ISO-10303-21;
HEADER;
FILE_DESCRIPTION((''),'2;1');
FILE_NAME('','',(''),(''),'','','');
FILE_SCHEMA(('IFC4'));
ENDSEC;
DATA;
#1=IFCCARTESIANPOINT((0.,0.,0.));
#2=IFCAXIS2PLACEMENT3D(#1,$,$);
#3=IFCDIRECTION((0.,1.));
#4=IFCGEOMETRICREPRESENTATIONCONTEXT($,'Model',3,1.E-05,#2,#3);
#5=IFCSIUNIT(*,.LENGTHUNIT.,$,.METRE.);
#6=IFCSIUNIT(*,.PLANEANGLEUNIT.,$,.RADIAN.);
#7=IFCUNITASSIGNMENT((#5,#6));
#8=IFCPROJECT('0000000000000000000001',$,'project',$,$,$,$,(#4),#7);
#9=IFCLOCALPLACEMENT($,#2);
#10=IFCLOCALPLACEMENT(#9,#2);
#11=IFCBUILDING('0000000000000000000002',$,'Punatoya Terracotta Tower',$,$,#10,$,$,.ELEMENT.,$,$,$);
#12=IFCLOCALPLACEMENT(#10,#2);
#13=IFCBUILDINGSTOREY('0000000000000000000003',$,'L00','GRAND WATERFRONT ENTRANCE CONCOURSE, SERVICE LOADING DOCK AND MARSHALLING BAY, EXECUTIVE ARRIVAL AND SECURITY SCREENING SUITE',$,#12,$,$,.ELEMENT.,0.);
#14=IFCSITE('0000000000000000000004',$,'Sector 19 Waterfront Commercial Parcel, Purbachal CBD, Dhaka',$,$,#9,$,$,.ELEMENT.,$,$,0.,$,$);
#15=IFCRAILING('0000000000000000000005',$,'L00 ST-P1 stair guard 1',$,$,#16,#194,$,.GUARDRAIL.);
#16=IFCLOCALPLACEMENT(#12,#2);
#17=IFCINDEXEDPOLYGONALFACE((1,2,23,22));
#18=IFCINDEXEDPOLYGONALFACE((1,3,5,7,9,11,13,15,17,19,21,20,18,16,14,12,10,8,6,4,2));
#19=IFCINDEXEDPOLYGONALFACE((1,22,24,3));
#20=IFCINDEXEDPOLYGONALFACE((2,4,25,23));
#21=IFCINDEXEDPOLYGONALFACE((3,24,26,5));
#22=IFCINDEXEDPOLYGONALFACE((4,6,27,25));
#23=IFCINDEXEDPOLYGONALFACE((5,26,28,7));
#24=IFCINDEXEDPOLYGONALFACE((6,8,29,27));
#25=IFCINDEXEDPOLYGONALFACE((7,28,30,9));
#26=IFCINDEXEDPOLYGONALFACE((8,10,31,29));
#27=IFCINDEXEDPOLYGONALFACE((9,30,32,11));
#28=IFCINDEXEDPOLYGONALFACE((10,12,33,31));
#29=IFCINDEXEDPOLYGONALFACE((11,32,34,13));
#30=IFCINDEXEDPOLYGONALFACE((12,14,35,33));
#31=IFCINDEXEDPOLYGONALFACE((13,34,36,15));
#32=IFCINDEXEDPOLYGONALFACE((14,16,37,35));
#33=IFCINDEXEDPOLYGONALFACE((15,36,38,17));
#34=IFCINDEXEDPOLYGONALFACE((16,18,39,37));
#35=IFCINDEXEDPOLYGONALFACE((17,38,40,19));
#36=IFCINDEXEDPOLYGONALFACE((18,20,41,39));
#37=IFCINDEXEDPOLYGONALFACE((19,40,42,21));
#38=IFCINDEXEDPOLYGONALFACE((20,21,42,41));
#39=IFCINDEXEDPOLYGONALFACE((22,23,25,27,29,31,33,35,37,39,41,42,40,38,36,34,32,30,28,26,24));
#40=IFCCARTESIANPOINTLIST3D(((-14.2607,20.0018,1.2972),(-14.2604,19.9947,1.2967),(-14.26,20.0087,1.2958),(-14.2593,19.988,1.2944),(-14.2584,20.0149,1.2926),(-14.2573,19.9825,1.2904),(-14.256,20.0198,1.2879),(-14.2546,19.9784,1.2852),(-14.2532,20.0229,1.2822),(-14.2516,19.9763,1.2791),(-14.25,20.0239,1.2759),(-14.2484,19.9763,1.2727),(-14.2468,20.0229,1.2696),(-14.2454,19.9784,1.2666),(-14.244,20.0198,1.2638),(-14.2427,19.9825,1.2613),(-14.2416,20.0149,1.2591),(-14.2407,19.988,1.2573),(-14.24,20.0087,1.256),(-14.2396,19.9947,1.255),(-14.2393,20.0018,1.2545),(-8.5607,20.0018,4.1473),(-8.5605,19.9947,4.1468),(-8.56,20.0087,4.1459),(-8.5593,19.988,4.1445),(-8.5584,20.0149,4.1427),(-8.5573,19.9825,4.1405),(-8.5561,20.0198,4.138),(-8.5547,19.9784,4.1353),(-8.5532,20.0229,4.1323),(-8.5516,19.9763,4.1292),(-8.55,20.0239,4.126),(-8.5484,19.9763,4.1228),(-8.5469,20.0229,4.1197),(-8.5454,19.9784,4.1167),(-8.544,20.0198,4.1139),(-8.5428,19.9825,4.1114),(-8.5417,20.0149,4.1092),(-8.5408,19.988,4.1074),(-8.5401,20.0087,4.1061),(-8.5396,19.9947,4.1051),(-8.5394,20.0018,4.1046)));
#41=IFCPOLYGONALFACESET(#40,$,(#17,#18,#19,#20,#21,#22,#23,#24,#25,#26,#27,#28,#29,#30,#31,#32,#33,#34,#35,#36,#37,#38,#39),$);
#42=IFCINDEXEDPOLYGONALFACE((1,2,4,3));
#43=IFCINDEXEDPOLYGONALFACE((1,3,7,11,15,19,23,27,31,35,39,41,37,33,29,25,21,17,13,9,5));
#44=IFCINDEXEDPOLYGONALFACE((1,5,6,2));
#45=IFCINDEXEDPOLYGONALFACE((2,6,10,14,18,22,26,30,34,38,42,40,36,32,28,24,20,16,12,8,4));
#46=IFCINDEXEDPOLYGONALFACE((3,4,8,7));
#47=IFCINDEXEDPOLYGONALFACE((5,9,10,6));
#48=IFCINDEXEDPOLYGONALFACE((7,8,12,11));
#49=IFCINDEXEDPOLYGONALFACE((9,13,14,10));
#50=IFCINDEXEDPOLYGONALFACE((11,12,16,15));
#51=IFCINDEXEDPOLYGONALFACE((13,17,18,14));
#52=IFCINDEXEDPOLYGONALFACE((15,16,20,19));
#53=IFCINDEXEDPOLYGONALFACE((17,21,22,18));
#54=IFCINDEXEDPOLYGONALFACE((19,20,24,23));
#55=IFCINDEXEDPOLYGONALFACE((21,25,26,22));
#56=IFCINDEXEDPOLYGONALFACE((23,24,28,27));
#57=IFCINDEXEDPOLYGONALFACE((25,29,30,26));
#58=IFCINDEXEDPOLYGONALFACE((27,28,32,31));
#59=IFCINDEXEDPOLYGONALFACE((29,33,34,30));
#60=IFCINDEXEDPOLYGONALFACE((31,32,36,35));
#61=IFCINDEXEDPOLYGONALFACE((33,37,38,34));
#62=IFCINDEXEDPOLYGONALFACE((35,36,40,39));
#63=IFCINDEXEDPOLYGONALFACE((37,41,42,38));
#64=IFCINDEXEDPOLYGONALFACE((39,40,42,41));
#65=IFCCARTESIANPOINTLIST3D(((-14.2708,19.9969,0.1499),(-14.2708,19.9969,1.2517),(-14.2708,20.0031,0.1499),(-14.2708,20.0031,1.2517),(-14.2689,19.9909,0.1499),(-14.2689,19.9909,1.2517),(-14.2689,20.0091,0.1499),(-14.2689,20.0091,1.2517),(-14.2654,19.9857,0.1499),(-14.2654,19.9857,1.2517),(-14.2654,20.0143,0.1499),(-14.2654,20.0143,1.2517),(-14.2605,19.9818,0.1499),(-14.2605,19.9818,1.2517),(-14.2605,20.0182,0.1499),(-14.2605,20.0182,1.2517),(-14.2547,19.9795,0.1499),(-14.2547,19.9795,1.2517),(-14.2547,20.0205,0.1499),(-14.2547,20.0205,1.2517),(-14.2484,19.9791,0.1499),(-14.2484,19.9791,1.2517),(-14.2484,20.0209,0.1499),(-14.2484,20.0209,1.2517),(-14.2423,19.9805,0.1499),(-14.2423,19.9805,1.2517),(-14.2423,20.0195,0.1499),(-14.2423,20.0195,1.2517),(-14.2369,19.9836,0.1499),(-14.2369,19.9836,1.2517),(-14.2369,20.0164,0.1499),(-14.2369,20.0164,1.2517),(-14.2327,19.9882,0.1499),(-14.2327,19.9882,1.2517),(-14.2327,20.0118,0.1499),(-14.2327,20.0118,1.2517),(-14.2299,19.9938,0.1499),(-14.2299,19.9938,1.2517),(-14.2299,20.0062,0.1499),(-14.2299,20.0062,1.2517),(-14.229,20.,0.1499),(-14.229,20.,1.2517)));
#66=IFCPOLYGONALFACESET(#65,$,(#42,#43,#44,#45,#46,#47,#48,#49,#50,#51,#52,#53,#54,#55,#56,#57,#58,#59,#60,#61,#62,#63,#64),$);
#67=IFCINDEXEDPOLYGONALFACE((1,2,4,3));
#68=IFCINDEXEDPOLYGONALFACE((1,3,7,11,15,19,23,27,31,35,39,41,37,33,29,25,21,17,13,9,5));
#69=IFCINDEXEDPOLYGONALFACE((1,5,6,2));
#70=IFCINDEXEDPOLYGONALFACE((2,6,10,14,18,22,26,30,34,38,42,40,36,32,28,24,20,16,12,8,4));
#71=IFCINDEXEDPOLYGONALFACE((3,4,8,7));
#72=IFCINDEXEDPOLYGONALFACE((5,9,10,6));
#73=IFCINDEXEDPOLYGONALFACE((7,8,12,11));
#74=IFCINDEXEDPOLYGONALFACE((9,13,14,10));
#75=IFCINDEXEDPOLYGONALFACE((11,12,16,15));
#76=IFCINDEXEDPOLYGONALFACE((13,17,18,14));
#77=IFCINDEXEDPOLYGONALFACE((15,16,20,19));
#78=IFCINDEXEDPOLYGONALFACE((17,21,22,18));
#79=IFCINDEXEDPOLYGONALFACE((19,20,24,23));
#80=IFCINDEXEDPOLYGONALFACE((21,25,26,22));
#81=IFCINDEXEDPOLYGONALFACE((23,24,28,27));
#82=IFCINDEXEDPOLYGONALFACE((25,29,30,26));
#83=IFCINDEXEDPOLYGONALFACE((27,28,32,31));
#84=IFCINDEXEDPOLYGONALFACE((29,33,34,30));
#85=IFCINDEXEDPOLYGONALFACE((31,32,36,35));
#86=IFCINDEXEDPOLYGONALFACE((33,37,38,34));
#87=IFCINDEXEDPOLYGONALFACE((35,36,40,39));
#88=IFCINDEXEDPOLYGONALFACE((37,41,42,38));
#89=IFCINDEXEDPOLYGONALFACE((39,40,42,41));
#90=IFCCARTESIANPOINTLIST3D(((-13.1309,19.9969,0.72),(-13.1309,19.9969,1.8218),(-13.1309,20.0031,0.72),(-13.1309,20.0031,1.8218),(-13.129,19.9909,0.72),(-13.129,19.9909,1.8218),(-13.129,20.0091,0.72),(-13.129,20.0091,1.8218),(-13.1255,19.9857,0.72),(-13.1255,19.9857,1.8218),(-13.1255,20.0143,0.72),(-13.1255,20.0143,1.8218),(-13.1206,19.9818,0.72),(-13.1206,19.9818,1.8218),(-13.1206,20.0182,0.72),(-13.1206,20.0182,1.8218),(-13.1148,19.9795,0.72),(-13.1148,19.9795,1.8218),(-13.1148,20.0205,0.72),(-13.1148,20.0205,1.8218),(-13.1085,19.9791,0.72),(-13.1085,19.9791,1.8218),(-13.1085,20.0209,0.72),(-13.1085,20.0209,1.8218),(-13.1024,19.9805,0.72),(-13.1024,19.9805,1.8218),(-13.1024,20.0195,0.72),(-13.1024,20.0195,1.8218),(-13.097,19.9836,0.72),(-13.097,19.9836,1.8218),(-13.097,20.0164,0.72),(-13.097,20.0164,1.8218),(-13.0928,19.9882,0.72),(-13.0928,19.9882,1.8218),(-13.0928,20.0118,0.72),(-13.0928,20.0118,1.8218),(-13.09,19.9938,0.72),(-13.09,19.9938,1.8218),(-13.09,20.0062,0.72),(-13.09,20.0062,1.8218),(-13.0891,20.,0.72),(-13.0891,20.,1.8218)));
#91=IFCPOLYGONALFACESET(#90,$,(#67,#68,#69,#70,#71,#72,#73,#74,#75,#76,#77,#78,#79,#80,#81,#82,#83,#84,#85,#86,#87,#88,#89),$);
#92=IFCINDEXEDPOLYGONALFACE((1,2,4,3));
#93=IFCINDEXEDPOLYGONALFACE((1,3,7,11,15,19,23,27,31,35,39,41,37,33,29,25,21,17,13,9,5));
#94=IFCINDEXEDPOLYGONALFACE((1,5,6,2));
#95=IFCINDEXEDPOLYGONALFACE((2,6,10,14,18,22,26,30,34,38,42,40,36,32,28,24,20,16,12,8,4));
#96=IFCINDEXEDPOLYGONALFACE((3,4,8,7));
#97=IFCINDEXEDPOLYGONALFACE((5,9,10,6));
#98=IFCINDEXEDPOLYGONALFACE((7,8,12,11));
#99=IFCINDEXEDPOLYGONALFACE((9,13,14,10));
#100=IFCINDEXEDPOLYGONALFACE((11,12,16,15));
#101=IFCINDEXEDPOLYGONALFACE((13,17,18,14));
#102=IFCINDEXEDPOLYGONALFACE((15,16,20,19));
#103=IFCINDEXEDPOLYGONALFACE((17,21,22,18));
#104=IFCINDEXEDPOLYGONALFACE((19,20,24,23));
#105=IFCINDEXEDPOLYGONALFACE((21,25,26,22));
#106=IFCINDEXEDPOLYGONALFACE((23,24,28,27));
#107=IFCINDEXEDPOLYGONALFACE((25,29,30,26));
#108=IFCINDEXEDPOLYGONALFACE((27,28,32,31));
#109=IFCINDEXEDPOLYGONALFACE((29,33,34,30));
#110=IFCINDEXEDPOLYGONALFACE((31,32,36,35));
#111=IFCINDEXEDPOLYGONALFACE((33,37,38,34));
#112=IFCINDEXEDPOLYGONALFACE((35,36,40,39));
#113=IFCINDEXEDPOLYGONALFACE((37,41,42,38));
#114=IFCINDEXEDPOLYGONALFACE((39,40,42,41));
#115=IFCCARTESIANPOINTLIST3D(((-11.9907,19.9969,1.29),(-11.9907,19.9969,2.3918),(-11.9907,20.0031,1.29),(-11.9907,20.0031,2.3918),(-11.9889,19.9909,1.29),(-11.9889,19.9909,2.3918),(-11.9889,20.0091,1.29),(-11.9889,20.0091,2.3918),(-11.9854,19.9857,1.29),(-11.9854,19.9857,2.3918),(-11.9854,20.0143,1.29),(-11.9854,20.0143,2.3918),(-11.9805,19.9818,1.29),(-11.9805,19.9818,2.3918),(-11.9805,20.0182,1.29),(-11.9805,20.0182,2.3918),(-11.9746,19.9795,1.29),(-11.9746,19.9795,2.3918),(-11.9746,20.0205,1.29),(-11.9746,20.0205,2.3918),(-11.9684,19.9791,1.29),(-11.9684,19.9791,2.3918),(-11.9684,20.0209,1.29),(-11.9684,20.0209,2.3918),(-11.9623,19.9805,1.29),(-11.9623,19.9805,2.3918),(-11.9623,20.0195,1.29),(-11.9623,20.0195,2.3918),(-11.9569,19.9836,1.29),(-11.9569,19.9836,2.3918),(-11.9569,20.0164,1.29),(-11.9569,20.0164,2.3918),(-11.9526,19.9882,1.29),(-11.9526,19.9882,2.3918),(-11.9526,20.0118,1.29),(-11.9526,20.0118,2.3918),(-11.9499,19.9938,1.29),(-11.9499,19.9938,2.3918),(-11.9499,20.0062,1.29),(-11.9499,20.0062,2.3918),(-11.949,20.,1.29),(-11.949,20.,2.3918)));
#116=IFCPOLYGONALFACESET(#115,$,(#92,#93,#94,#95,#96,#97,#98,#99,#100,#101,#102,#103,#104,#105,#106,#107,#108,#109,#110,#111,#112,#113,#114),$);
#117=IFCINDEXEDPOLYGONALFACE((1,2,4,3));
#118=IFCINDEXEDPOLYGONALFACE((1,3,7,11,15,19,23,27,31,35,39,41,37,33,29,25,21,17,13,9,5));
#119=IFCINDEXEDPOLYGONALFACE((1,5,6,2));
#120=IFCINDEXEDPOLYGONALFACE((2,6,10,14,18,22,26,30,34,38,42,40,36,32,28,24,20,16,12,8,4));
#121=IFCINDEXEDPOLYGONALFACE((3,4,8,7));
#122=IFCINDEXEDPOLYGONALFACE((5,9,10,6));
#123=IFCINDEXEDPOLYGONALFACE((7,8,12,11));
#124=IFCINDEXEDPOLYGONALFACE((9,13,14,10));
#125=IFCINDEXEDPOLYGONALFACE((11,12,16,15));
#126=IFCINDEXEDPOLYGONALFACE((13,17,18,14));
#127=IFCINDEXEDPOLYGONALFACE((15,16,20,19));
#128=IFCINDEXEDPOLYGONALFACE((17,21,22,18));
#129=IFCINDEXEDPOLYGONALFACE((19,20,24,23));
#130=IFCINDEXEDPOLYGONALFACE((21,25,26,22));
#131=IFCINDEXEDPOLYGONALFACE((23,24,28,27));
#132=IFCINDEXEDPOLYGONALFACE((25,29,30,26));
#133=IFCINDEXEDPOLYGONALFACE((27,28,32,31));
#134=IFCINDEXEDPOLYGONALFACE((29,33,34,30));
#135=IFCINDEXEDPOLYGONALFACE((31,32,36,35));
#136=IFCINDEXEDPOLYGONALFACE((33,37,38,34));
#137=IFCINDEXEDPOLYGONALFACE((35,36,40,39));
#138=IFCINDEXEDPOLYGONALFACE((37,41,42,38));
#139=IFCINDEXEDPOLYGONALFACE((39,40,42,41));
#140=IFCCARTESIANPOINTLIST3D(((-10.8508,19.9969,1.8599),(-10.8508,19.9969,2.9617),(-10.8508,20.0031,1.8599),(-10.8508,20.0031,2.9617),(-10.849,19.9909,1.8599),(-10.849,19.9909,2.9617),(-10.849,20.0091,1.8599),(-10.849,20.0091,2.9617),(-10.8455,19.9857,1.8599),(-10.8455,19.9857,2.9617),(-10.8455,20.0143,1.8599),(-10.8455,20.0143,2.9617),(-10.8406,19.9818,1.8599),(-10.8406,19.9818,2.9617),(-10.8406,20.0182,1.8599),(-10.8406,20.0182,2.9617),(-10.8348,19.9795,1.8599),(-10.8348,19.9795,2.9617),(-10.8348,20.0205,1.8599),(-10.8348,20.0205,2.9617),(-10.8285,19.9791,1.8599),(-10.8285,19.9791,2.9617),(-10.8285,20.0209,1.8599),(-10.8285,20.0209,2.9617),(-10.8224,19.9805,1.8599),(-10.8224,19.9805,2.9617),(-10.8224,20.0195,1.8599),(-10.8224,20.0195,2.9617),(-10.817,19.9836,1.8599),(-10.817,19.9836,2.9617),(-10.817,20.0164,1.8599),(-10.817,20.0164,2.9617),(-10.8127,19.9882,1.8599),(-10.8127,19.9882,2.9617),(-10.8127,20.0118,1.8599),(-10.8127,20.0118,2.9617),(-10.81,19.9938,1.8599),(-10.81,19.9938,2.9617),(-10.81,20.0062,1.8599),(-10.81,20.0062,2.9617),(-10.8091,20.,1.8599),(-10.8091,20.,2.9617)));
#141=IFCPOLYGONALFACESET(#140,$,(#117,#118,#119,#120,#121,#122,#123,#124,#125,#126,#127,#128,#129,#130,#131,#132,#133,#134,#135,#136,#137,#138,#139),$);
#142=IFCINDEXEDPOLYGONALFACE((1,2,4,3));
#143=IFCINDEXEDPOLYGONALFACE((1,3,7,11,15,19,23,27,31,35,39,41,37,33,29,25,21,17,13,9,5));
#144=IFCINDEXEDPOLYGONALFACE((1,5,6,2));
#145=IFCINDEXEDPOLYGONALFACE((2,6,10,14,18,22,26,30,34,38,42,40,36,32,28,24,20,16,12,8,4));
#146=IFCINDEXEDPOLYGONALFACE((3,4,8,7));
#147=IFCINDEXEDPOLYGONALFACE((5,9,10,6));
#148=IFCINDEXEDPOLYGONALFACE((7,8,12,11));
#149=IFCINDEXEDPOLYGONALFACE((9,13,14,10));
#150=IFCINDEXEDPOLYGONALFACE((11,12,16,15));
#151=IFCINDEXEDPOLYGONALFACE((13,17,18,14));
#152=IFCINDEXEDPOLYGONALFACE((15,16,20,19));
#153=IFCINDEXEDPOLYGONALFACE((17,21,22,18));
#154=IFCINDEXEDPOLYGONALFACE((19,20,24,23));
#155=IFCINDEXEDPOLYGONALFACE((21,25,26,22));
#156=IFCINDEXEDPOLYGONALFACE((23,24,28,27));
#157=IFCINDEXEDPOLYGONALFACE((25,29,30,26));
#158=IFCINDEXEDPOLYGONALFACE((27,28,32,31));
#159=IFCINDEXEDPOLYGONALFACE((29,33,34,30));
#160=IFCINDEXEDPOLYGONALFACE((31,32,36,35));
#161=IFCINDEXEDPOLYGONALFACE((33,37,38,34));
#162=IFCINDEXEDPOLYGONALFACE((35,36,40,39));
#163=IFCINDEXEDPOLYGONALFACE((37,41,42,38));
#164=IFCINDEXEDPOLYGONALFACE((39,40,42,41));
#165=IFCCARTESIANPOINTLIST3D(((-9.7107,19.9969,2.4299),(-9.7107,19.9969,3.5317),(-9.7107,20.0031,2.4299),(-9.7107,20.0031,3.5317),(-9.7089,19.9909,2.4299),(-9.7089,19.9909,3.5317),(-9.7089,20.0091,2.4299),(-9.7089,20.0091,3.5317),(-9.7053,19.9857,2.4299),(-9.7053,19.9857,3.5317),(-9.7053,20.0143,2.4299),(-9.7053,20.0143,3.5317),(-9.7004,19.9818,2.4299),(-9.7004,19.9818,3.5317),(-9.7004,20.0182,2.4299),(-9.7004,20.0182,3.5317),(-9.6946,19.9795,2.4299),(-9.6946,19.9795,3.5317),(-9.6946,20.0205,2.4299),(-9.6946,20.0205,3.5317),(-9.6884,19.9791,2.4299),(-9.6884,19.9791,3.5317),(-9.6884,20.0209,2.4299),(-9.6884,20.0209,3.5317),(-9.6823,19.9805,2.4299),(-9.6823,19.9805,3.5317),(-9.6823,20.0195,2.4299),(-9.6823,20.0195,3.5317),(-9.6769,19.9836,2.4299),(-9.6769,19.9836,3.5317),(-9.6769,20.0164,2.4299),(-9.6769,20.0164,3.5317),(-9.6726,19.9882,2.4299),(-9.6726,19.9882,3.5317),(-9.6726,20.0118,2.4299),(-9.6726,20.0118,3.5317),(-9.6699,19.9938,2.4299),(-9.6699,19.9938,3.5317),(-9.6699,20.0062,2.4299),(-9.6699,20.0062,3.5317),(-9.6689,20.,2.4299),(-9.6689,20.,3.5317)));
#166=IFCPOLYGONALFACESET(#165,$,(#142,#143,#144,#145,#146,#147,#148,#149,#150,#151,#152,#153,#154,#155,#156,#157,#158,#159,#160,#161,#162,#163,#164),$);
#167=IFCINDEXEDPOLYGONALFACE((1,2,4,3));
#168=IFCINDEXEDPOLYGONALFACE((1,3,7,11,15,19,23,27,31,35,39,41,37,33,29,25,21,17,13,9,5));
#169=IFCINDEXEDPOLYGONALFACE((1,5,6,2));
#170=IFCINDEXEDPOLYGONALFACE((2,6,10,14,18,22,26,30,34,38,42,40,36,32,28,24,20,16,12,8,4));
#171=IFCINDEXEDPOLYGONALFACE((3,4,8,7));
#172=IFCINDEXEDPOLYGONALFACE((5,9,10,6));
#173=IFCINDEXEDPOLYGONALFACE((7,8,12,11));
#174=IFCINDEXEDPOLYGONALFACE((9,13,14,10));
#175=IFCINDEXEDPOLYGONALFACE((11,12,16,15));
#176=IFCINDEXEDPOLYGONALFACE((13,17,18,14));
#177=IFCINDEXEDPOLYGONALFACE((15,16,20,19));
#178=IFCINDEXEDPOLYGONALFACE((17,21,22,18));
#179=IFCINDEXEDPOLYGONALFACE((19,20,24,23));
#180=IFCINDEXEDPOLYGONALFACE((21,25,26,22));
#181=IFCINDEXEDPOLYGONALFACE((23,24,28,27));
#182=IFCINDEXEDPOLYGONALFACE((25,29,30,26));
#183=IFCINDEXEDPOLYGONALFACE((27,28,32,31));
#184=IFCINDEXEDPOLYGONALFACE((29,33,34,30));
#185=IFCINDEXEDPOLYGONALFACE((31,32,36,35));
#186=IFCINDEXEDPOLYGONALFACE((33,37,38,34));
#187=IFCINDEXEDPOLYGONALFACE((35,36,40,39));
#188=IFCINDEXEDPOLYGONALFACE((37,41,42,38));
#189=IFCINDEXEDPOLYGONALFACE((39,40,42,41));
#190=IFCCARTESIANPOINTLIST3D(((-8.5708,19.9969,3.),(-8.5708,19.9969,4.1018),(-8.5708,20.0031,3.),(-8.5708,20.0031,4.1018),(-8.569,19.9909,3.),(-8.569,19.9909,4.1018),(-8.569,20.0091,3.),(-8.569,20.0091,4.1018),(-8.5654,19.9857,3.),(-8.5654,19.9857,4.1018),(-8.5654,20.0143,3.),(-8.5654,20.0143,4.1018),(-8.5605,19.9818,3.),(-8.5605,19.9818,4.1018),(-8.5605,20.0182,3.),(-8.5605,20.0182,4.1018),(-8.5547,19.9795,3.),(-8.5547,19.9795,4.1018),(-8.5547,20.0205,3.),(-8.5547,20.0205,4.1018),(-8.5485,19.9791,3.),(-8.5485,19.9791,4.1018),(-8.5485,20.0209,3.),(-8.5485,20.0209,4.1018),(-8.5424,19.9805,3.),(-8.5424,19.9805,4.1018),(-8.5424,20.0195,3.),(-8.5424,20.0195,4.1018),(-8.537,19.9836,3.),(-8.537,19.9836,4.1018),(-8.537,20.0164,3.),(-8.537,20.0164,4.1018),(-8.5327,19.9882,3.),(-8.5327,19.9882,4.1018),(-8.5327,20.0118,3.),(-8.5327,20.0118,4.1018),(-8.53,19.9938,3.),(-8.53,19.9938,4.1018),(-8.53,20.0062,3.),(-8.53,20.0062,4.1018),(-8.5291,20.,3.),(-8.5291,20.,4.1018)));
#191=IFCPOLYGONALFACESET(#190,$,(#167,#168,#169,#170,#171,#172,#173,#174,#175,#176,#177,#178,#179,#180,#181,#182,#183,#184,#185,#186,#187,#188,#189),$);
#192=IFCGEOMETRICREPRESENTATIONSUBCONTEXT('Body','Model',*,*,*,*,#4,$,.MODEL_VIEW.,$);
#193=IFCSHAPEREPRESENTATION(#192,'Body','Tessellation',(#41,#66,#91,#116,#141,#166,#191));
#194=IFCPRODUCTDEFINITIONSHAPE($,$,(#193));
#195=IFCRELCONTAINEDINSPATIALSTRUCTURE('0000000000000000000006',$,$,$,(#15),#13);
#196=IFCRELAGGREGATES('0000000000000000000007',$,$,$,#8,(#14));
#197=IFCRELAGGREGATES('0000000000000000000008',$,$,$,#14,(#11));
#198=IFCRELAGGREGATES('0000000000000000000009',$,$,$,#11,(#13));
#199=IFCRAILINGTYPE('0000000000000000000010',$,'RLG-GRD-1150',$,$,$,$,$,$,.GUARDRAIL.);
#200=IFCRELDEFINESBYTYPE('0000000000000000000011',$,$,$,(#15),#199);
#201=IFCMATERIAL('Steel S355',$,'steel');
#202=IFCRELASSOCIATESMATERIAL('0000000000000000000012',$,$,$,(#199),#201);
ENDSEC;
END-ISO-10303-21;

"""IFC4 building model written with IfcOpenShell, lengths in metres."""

from ifc_helpers import new_model, si_unit, direction, frame, origin, origin_2d, place, context, subcontext, project, spatial, circle, extrude, material, type_object, element, save


model = new_model("IFC4")

# Units and contexts
model_context = context("Model", 3, precision=1e-05, world=origin(), true_north=direction((0.0, 1.0)))
body_context = subcontext(model_context, "Body", "Model", "MODEL_VIEW")
ifc_project = project(units=[si_unit("LENGTHUNIT", "METRE"), si_unit("PLANEANGLEUNIT", "RADIAN")], contexts=[model_context])

# Site, building, storey
site_placement = place(None, origin())
site = spatial("IfcSite", under=ifc_project, at=site_placement, Name="Sector 19 Waterfront Commercial Parcel, Purbachal CBD, Dhaka", CompositionType="ELEMENT", RefElevation=0.0)
building_placement = place(site_placement, origin())
building = spatial("IfcBuilding", under=site, at=building_placement, Name="Punatoya Terracotta Tower", CompositionType="ELEMENT")
storey_placement = place(building_placement, origin())
storey = spatial("IfcBuildingStorey", under=building, at=storey_placement, Name="L00", Description="GRAND WATERFRONT ENTRANCE CONCOURSE, SERVICE LOADING DOCK AND MARSHALLING BAY, EXECUTIVE ARRIVAL AND SECURITY SCREENING SUITE", CompositionType="ELEMENT", Elevation=0.0)

# Shared definitions
ifc_material_1 = material(Name="Steel S355", Category="steel")

# Railing
railing_type_1 = type_object("IfcRailingType", Name="RLG-GRD-1150", PredefinedType="GUARDRAIL", material=ifc_material_1)
railing_1_placement = place(storey_placement, frame((-14.25, 20.0, 0.1499)))
element("IfcRailing", 1, at=railing_1_placement, inside=storey, type_object=railing_type_1, Name="L00 ST-P1 stair guard 1", PredefinedType="GUARDRAIL", context=body_context, shape_type="SweptSolid", body=[
    extrude(circle(Radius=0.0239, at=origin_2d()), frame((0.0, 0.0, 1.126), z_axis=(0.89442, 0.0, 0.447229), x_axis=(0.0, 1.0, 0.0)), (0.0, 0.0, 1.0), 6.3728),
    extrude(circle(Radius=0.021, at=origin_2d()), origin(), (0.0, 0.0, 1.0), 1.1018),
    extrude(circle(Radius=0.021, at=origin_2d()), frame((1.1399, 0.0, 0.5701)), (0.0, 0.0, 1.0), 1.1018),
    extrude(circle(Radius=0.021, at=origin_2d()), frame((2.28, 0.0, 1.1401)), (0.0, 0.0, 1.0), 1.1018),
    extrude(circle(Radius=0.021, at=origin_2d()), frame((3.4199, 0.0, 1.71)), (0.0, 0.0, 1.0), 1.1018),
    extrude(circle(Radius=0.021, at=origin_2d()), frame((4.5601, 0.0, 2.28)), (0.0, 0.0, 1.0), 1.1018),
    extrude(circle(Radius=0.021, at=origin_2d()), frame((5.7, 0.0, 2.8501)), (0.0, 0.0, 1.0), 1.1018),
])

save(model, "model.ifc")
